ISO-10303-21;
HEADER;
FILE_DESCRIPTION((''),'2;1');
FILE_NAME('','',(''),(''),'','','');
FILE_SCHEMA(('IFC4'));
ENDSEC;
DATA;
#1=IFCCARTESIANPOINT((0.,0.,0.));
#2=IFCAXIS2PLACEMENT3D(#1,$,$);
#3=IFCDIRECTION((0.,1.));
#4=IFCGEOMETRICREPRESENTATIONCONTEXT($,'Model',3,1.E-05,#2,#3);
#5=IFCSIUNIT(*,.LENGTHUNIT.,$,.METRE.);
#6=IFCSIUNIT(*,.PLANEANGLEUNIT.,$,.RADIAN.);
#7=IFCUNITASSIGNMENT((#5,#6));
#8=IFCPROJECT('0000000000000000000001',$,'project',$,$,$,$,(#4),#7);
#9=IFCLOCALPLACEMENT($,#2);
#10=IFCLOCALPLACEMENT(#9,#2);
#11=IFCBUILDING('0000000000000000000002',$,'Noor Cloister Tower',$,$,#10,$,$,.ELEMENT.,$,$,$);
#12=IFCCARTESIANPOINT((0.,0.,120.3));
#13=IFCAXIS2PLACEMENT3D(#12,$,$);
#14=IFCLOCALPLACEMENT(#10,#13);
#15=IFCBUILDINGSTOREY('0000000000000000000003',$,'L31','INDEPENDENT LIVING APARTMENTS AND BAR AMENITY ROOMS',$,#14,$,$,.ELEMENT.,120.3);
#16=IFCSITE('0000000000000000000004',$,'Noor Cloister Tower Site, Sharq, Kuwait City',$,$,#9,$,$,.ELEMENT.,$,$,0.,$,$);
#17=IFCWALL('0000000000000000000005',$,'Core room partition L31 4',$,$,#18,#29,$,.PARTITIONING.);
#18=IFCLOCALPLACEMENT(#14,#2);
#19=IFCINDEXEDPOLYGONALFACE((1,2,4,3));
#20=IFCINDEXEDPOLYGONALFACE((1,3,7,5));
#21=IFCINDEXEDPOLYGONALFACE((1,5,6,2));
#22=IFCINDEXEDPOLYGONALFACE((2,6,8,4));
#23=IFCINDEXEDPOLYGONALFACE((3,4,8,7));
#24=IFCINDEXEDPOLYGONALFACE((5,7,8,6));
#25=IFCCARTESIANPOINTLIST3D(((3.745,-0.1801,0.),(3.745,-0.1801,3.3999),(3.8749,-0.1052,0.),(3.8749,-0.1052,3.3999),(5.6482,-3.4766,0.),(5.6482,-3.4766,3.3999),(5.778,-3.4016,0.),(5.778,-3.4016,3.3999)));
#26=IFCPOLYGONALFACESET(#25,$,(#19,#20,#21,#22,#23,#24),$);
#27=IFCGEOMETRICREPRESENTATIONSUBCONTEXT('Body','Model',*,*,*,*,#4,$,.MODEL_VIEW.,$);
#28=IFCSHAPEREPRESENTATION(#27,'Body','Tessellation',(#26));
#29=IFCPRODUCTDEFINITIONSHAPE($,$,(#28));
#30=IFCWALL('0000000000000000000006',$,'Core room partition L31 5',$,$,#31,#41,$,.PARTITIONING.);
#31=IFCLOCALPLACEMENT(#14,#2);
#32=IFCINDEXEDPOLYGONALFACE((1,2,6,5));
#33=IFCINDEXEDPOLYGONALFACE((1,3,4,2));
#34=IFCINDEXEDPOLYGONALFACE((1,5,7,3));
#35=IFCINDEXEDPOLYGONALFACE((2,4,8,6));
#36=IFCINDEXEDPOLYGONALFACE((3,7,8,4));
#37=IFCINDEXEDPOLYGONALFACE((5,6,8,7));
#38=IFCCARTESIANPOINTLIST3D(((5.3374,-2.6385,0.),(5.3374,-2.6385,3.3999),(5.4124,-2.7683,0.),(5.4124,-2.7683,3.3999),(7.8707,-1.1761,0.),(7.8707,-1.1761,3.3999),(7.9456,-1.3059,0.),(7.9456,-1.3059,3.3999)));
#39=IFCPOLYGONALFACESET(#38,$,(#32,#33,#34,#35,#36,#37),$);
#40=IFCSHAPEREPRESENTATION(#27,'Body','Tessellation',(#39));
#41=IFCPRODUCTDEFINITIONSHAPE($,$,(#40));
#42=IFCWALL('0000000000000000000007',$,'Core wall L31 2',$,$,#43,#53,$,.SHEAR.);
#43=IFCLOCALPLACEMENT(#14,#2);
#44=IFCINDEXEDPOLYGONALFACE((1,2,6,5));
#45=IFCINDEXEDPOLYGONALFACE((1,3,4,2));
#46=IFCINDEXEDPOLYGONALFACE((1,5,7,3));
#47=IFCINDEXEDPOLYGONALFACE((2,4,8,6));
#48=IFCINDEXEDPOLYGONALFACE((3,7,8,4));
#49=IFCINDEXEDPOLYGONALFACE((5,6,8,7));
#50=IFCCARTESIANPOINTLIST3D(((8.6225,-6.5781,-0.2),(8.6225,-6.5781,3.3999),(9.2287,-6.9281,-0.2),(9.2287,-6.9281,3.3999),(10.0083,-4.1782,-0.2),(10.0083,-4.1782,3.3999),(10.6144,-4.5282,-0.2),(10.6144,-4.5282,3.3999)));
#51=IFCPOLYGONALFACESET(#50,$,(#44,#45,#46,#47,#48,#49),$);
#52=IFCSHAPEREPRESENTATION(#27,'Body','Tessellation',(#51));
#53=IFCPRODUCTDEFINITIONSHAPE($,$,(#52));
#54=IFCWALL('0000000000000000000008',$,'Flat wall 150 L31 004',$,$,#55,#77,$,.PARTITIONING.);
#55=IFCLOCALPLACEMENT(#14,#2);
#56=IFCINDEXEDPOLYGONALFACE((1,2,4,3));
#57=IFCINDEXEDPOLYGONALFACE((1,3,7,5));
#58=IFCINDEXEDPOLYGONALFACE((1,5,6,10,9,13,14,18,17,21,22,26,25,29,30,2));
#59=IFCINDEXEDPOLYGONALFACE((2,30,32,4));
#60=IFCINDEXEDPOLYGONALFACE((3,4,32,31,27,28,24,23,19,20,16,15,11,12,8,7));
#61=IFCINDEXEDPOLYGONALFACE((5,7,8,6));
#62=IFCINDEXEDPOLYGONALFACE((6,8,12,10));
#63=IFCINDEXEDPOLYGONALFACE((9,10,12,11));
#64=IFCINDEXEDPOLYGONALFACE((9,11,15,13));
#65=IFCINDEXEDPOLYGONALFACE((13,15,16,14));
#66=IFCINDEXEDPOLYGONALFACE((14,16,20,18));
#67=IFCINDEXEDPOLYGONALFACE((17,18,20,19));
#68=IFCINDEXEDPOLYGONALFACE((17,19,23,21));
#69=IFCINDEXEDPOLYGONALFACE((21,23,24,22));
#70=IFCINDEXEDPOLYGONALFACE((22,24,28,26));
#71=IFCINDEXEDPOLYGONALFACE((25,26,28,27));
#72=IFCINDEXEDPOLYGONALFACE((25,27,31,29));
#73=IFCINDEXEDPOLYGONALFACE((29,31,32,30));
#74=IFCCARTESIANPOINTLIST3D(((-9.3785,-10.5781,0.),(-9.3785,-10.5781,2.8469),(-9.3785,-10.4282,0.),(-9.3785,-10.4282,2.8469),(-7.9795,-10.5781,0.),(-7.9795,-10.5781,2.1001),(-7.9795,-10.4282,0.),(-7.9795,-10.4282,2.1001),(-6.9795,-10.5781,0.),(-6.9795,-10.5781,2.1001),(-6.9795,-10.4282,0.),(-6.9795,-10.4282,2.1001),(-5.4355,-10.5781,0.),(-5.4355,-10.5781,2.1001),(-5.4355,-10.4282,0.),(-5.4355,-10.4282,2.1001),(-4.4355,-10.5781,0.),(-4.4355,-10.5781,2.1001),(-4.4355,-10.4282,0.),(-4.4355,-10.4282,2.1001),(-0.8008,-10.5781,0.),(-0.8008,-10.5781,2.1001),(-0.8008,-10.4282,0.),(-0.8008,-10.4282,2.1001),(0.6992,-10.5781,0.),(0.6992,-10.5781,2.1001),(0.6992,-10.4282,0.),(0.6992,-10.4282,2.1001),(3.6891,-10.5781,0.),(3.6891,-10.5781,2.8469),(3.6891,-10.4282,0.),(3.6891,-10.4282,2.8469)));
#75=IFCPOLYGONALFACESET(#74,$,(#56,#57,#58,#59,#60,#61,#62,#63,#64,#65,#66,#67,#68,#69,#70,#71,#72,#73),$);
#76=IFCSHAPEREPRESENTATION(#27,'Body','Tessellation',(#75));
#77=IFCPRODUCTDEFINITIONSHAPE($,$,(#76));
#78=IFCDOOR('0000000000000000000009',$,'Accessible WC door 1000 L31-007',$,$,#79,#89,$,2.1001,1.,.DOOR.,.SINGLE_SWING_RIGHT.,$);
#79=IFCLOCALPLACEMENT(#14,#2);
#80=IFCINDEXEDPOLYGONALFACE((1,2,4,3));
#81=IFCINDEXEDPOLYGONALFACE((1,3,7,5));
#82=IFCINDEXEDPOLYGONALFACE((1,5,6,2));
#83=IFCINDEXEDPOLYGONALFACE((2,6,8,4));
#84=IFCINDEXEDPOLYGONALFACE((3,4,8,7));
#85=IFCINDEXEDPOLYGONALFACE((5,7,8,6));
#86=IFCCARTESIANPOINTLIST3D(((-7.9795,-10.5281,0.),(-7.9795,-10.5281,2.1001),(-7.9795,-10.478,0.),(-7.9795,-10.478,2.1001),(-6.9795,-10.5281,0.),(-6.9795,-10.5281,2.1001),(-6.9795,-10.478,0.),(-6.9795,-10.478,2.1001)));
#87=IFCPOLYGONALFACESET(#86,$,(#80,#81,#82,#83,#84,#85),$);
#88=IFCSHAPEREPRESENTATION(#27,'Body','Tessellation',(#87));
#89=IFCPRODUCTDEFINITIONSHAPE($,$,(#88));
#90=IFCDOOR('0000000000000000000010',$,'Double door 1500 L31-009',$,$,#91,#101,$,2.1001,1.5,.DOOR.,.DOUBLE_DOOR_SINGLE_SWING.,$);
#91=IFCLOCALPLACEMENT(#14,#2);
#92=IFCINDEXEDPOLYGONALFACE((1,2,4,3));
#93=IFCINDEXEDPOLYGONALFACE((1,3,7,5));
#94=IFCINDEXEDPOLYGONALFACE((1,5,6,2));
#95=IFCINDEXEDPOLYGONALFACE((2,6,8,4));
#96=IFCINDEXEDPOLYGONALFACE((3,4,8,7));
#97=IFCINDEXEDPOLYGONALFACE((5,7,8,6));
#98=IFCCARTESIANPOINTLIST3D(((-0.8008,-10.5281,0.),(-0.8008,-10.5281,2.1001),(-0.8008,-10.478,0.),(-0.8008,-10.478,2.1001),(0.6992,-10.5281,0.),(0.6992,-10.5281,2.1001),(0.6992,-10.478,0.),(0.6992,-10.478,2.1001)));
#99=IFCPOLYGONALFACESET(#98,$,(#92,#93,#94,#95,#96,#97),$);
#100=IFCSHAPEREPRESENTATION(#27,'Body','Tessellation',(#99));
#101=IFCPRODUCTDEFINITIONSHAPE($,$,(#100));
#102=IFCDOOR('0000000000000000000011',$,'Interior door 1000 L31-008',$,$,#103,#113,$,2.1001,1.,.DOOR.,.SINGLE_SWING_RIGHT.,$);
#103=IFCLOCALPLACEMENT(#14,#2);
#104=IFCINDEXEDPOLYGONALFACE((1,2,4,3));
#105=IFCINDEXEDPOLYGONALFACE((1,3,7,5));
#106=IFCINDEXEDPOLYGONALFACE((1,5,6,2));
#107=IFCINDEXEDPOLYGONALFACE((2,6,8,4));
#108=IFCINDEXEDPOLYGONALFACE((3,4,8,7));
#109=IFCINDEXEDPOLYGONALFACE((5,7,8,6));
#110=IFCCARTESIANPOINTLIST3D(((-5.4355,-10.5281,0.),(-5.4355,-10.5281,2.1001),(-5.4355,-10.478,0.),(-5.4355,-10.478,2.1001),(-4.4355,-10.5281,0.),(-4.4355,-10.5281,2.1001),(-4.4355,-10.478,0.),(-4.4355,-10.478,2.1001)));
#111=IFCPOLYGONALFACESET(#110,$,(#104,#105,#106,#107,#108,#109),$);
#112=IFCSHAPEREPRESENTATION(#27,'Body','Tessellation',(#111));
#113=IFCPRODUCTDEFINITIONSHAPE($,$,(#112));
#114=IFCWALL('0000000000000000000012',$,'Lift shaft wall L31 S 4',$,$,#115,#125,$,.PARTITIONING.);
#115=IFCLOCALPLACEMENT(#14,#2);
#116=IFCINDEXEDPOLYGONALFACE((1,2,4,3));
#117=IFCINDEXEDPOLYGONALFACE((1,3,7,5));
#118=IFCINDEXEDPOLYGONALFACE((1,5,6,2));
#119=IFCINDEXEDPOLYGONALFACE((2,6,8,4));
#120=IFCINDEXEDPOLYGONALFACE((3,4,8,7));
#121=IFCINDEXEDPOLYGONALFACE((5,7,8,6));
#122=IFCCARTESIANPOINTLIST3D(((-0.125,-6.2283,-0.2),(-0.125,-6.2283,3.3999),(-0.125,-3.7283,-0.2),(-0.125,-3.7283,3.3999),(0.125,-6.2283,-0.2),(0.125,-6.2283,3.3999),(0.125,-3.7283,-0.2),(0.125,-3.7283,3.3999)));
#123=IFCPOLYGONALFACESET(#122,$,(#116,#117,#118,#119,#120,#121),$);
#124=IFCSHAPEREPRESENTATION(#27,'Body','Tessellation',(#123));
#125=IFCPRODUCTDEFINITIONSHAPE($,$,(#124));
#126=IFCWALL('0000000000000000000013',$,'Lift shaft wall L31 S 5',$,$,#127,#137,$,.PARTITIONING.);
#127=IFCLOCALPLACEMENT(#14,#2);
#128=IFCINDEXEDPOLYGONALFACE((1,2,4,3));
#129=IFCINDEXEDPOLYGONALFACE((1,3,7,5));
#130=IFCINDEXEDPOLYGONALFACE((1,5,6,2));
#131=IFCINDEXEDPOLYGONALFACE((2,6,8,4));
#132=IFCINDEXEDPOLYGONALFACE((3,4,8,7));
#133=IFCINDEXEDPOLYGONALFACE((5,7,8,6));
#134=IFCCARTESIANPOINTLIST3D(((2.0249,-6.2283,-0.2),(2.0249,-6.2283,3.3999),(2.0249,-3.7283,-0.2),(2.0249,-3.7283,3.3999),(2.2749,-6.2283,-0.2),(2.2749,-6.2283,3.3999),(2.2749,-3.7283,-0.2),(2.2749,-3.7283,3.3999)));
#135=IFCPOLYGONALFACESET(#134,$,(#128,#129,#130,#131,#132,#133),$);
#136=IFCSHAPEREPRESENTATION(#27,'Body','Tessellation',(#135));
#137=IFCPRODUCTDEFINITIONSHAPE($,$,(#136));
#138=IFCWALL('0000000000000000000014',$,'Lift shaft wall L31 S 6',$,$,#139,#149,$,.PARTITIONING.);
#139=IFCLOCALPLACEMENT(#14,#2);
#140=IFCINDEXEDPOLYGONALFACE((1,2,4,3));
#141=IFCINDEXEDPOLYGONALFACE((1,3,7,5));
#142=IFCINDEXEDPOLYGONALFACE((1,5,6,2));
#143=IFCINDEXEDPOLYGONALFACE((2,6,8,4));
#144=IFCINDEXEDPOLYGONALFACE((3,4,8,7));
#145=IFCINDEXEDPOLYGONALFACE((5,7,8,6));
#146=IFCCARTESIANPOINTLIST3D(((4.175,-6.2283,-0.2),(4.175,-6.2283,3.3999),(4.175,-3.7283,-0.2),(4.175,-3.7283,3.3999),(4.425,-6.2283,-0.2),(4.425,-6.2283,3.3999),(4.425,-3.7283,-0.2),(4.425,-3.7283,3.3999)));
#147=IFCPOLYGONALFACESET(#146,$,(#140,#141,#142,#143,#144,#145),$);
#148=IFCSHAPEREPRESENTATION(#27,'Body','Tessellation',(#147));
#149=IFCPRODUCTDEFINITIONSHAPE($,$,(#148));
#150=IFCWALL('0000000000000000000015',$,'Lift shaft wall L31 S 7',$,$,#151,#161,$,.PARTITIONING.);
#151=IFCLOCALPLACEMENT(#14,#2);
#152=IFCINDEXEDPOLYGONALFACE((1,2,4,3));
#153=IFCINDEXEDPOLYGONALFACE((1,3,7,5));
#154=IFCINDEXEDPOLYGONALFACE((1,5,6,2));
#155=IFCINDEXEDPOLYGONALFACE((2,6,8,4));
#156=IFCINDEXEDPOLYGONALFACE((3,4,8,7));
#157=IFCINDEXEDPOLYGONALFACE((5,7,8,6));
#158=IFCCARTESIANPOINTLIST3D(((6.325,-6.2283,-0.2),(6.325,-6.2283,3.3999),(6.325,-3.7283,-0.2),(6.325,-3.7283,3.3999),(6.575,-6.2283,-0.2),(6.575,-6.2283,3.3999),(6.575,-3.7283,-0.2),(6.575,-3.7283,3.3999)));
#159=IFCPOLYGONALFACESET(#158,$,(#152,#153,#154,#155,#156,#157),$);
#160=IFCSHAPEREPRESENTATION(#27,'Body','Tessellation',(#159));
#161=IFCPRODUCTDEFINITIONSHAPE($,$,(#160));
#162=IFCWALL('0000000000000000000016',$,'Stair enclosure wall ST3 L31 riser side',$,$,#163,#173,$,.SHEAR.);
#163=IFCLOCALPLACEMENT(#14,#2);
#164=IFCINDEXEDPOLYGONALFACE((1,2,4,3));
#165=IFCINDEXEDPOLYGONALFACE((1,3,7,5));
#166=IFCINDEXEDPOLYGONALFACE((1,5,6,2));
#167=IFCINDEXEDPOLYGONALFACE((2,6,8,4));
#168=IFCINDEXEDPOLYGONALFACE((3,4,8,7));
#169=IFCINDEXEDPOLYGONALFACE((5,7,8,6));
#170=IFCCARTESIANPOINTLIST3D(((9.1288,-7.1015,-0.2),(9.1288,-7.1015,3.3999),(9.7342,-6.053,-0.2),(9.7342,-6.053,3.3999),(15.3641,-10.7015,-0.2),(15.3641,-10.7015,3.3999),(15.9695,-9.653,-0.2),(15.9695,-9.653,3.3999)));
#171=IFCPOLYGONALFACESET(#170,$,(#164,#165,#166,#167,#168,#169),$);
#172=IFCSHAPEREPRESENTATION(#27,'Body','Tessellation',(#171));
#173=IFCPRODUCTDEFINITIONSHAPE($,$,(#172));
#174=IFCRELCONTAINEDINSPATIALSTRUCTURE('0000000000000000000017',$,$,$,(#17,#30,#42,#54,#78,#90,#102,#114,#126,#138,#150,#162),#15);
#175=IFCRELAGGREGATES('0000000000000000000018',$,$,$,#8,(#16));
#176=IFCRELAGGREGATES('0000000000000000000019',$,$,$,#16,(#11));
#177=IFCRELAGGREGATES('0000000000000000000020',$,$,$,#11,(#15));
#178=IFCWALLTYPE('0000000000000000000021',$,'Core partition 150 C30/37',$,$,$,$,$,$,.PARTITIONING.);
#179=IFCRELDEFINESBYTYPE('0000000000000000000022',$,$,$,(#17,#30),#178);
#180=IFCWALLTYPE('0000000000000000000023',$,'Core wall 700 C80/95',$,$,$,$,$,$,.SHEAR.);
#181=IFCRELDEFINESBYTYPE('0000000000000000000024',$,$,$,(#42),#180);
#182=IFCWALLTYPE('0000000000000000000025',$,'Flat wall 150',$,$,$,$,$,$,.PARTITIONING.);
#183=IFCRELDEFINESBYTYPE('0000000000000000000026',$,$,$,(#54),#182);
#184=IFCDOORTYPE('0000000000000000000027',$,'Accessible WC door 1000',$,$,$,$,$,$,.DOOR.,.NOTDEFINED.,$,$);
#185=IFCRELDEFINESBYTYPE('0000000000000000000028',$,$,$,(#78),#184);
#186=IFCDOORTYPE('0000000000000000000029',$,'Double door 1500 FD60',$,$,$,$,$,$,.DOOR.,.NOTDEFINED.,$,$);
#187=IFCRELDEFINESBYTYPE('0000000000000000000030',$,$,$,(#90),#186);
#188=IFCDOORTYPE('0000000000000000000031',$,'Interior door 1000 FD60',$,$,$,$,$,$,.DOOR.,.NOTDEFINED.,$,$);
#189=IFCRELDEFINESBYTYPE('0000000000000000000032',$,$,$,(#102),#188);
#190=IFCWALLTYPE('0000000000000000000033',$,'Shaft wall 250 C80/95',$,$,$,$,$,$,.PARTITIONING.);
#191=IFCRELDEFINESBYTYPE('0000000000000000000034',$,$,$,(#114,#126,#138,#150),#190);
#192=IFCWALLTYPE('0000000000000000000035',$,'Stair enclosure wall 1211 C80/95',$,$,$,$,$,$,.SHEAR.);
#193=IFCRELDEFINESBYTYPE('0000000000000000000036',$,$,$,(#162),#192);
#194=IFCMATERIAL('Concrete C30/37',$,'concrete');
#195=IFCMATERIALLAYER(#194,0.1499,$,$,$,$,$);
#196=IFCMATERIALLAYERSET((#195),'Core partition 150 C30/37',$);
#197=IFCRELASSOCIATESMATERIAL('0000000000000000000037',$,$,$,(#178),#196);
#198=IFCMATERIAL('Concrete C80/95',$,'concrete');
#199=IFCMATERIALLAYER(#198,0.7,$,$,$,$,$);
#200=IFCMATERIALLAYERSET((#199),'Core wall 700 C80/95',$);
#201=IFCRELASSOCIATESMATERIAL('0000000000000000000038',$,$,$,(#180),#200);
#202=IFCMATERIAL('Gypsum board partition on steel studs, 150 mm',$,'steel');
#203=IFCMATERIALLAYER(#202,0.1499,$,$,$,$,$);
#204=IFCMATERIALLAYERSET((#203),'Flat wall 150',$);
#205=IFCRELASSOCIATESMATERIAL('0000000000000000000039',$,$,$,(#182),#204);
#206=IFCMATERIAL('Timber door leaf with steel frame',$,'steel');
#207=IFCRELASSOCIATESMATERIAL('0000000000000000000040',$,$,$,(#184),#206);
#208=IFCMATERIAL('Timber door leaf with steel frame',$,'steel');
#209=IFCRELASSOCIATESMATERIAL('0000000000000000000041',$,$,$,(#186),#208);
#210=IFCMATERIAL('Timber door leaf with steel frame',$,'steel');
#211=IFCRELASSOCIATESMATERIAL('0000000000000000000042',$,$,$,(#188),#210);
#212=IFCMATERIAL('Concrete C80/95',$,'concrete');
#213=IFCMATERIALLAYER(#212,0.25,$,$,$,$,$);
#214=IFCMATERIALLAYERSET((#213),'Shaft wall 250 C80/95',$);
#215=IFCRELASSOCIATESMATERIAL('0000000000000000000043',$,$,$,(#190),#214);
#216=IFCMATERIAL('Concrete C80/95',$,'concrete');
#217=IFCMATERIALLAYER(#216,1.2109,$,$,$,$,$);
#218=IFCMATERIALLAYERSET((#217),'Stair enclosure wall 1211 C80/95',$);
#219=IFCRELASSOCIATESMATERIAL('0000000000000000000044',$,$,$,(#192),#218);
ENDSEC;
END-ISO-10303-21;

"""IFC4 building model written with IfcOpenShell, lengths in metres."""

from ifc_helpers import new_model, si_unit, direction, frame, frame_2d, origin, place, context, subcontext, project, spatial, rectangle, extrude, material, layer, layer_set, type_object, element, fill, save


model = new_model("IFC4")

# Units and contexts
model_context = context("Model", 3, precision=1e-05, world=origin(), true_north=direction((0.0, 1.0)))
body_context = subcontext(model_context, "Body", "Model", "MODEL_VIEW")
ifc_project = project(units=[si_unit("LENGTHUNIT", "METRE"), si_unit("PLANEANGLEUNIT", "RADIAN")], contexts=[model_context])

# Site, building, storey
site_placement = place(None, origin())
site = spatial("IfcSite", under=ifc_project, at=site_placement, Name="Noor Cloister Tower Site, Sharq, Kuwait City", CompositionType="ELEMENT", RefElevation=0.0)
building_placement = place(site_placement, origin())
building = spatial("IfcBuilding", under=site, at=building_placement, Name="Noor Cloister Tower", CompositionType="ELEMENT")
storey_placement = place(building_placement, frame((0.0, 0.0, 120.3)))
storey = spatial("IfcBuildingStorey", under=building, at=storey_placement, Name="L31", Description="INDEPENDENT LIVING APARTMENTS AND BAR AMENITY ROOMS", CompositionType="ELEMENT", Elevation=120.3)

# Walls
ifc_material_1 = material(Name="Concrete C30/37", Category="concrete")
ifc_layer_1 = layer(ifc_material_1, 0.1499)
ifc_layer_set_1 = layer_set([ifc_layer_1], Name="Core partition 150 C30/37")
wall_type_1 = type_object("IfcWallType", Name="Core partition 150 C30/37", PredefinedType="PARTITIONING", material=ifc_layer_set_1)
wall_1_placement = place(storey_placement, frame((5.7131, -3.4392, 0.0), z_axis=(0.0, 0.0, 1.0), x_axis=(-0.499982, 0.866036, 0.0)))
element("IfcWall", 1, at=wall_1_placement, inside=storey, type_object=wall_type_1, Name="Core room partition L31 4", PredefinedType="PARTITIONING", context=body_context, shape_type="SweptSolid", body=[
    extrude(rectangle(XDim=3.8064, YDim=0.1499, at=frame_2d((1.9033, 0.0))), origin(), (0.0, 0.0, 1.0), 3.3999),
])
wall_2_placement = place(storey_placement, frame((5.375, -2.7034, 0.0), z_axis=(0.0, 0.0, 1.0), x_axis=(0.866047, 0.499963, 0.0)))
element("IfcWall", 2, at=wall_2_placement, inside=storey, type_object=wall_type_1, Name="Core room partition L31 5", PredefinedType="PARTITIONING", context=body_context, shape_type="SweptSolid", body=[
    extrude(rectangle(XDim=2.925, YDim=0.1499, at=frame_2d((1.4624, 0.0))), origin(), (0.0, 0.0, 1.0), 3.3999),
])
ifc_material_2 = material(Name="Concrete C80/95", Category="concrete")
ifc_layer_2 = layer(ifc_material_2, 0.7)
ifc_layer_set_2 = layer_set([ifc_layer_2], Name="Core wall 700 C80/95")
wall_type_2 = type_object("IfcWallType", Name="Core wall 700 C80/95", PredefinedType="SHEAR", material=ifc_layer_set_2)
wall_3_placement = place(storey_placement, frame((8.9255, -6.7532, -0.2), z_axis=(0.0, 0.0, 1.0), x_axis=(0.500043, 0.866001, 0.0)))
element("IfcWall", 3, at=wall_3_placement, inside=storey, type_object=wall_type_2, Name="Core wall L31 2", PredefinedType="SHEAR", context=body_context, shape_type="SweptSolid", body=[
    extrude(rectangle(XDim=2.7712, YDim=0.7, at=frame_2d((1.3857, 0.0))), origin(), (0.0, 0.0, 1.0), 3.5999),
])

# Wall, openings, doors
ifc_material_3 = material(Name="Gypsum board partition on steel studs, 150 mm", Category="steel")
ifc_layer_3 = layer(ifc_material_3, 0.1499)
ifc_layer_set_3 = layer_set([ifc_layer_3], Name="Flat wall 150")
wall_type_3 = type_object("IfcWallType", Name="Flat wall 150", PredefinedType="PARTITIONING", material=ifc_layer_set_3)
wall_4_placement = place(storey_placement, frame((3.689, -10.5032, 0.0), z_axis=(0.0, 0.0, 1.0), x_axis=(-1.0, 0.0, 0.0)))
wall_4 = element("IfcWall", 4, at=wall_4_placement, inside=storey, type_object=wall_type_3, Name="Flat wall 150 L31 004", PredefinedType="PARTITIONING", context=body_context, shape_type="SweptSolid", body=[
    extrude(rectangle(XDim=13.0676, YDim=0.1499, at=frame_2d((6.5337, 0.0))), origin(), (0.0, 0.0, 1.0), 2.8469),
])
opening_1_placement = place(wall_4_placement, frame((10.6685, 0.0, 0.0)))
opening_1 = element("IfcOpeningElement", 5, at=opening_1_placement, cuts=wall_4, PredefinedType="OPENING", context=body_context, shape_type="SweptSolid", body=[
    extrude(rectangle(XDim=1.0, YDim=2.1001, at=frame_2d((0.5, 1.05))), frame((0.0, 0.085, 0.0), z_axis=(0.0, -1.0, 0.0), x_axis=(1.0, 0.0, 0.0)), (0.0, 0.0, 1.0), 0.1699),
])
opening_2_placement = place(wall_4_placement, frame((8.1245, 0.0, 0.0)))
opening_2 = element("IfcOpeningElement", 6, at=opening_2_placement, cuts=wall_4, PredefinedType="OPENING", context=body_context, shape_type="SweptSolid", body=[
    extrude(rectangle(XDim=1.0, YDim=2.1001, at=frame_2d((0.5, 1.05))), frame((0.0, 0.085, 0.0), z_axis=(0.0, -1.0, 0.0), x_axis=(1.0, 0.0, 0.0)), (0.0, 0.0, 1.0), 0.1699),
])
opening_3_placement = place(wall_4_placement, frame((2.9897, 0.0, 0.0)))
opening_3 = element("IfcOpeningElement", 7, at=opening_3_placement, cuts=wall_4, PredefinedType="OPENING", context=body_context, shape_type="SweptSolid", body=[
    extrude(rectangle(XDim=1.5, YDim=2.1001, at=frame_2d((0.75, 1.05))), frame((0.0, 0.085, 0.0), z_axis=(0.0, -1.0, 0.0), x_axis=(1.0, 0.0, 0.0)), (0.0, 0.0, 1.0), 0.1699),
])
ifc_material_4 = material(Name="Timber door leaf with steel frame", Category="steel")
door_type_1 = type_object("IfcDoorType", Name="Accessible WC door 1000", OperationType="NOTDEFINED", PredefinedType="DOOR", material=ifc_material_4)
door_1_placement = place(opening_1_placement, origin())
door_1 = element("IfcDoor", 8, at=door_1_placement, inside=storey, type_object=door_type_1, Name="Accessible WC door 1000 L31-007", OperationType="SINGLE_SWING_RIGHT", OverallHeight=2.1001, OverallWidth=1.0, PredefinedType="DOOR", context=body_context, shape_type="SweptSolid", body=[
    extrude(rectangle(XDim=1.0, YDim=2.1001, at=frame_2d((0.5, 1.05))), frame((0.0, 0.0249, 0.0), z_axis=(0.0, -1.0, 0.0), x_axis=(1.0, 0.0, 0.0)), (0.0, 0.0, 1.0), 0.05),
])
fill(opening_1, door_1)
ifc_material_5 = material(Name="Timber door leaf with steel frame", Category="steel")
door_type_2 = type_object("IfcDoorType", Name="Double door 1500 FD60", OperationType="NOTDEFINED", PredefinedType="DOOR", material=ifc_material_5)
door_2_placement = place(opening_3_placement, origin())
door_2 = element("IfcDoor", 9, at=door_2_placement, inside=storey, type_object=door_type_2, Name="Double door 1500 L31-009", OperationType="DOUBLE_DOOR_SINGLE_SWING", OverallHeight=2.1001, OverallWidth=1.5, PredefinedType="DOOR", context=body_context, shape_type="SweptSolid", body=[
    extrude(rectangle(XDim=1.5, YDim=2.1001, at=frame_2d((0.75, 1.05))), frame((0.0, 0.0249, 0.0), z_axis=(0.0, -1.0, 0.0), x_axis=(1.0, 0.0, 0.0)), (0.0, 0.0, 1.0), 0.05),
])
fill(opening_3, door_2)
ifc_material_6 = material(Name="Timber door leaf with steel frame", Category="steel")
door_type_3 = type_object("IfcDoorType", Name="Interior door 1000 FD60", OperationType="NOTDEFINED", PredefinedType="DOOR", material=ifc_material_6)
door_3_placement = place(opening_2_placement, origin())
door_3 = element("IfcDoor", 10, at=door_3_placement, inside=storey, type_object=door_type_3, Name="Interior door 1000 L31-008", OperationType="SINGLE_SWING_RIGHT", OverallHeight=2.1001, OverallWidth=1.0, PredefinedType="DOOR", context=body_context, shape_type="SweptSolid", body=[
    extrude(rectangle(XDim=1.0, YDim=2.1001, at=frame_2d((0.5, 1.05))), frame((0.0, 0.0249, 0.0), z_axis=(0.0, -1.0, 0.0), x_axis=(1.0, 0.0, 0.0)), (0.0, 0.0, 1.0), 0.05),
])
fill(opening_2, door_3)

# Walls
ifc_material_7 = material(Name="Concrete C80/95", Category="concrete")
ifc_layer_4 = layer(ifc_material_7, 0.25)
ifc_layer_set_4 = layer_set([ifc_layer_4], Name="Shaft wall 250 C80/95")
wall_type_4 = type_object("IfcWallType", Name="Shaft wall 250 C80/95", PredefinedType="PARTITIONING", material=ifc_layer_set_4)
for number, where, z_axis, x_axis, name in (
    (11, (0.0, -6.2283, -0.2), (0.0, 0.0, 1.0), (0.0, 1.0, 0.0), "Lift shaft wall L31 S 4"),
    (12, (2.1499, -6.2283, -0.2), (0.0, 0.0, 1.0), (0.0, 1.0, 0.0), "Lift shaft wall L31 S 5"),
    (13, (4.3, -6.2283, -0.2), (0.0, 0.0, 1.0), (0.0, 1.0, 0.0), "Lift shaft wall L31 S 6"),
    (14, (6.45, -6.2283, -0.2), (0.0, 0.0, 1.0), (0.0, 1.0, 0.0), "Lift shaft wall L31 S 7"),
):
    element("IfcWall", number, at=place(storey_placement, frame(where, z_axis=z_axis, x_axis=x_axis)), inside=storey, type_object=wall_type_4, Name=name, PredefinedType="PARTITIONING", context=body_context, shape_type="SweptSolid", body=[
        extrude(rectangle(XDim=2.5, YDim=0.25, at=frame_2d((1.25, 0.0))), origin(), (0.0, 0.0, 1.0), 3.5999),
    ])
ifc_material_8 = material(Name="Concrete C80/95", Category="concrete")
ifc_layer_5 = layer(ifc_material_8, 1.2109)
ifc_layer_set_5 = layer_set([ifc_layer_5], Name="Stair enclosure wall 1211 C80/95")
wall_type_5 = type_object("IfcWallType", Name="Stair enclosure wall 1211 C80/95", PredefinedType="SHEAR", material=ifc_layer_set_5)
wall_5_placement = place(storey_placement, frame((9.4314, -6.5771, -0.2), z_axis=(0.0, 0.0, 1.0), x_axis=(0.866018, -0.500012, 0.0)))
element("IfcWall", 15, at=wall_5_placement, inside=storey, type_object=wall_type_5, Name="Stair enclosure wall ST3 L31 riser side", PredefinedType="SHEAR", context=body_context, shape_type="SweptSolid", body=[
    extrude(rectangle(XDim=7.2, YDim=1.2107, at=frame_2d((3.6001, 0.0))), origin(), (0.0, 0.0, 1.0), 3.5999),
])

save(model, "model.ifc")
